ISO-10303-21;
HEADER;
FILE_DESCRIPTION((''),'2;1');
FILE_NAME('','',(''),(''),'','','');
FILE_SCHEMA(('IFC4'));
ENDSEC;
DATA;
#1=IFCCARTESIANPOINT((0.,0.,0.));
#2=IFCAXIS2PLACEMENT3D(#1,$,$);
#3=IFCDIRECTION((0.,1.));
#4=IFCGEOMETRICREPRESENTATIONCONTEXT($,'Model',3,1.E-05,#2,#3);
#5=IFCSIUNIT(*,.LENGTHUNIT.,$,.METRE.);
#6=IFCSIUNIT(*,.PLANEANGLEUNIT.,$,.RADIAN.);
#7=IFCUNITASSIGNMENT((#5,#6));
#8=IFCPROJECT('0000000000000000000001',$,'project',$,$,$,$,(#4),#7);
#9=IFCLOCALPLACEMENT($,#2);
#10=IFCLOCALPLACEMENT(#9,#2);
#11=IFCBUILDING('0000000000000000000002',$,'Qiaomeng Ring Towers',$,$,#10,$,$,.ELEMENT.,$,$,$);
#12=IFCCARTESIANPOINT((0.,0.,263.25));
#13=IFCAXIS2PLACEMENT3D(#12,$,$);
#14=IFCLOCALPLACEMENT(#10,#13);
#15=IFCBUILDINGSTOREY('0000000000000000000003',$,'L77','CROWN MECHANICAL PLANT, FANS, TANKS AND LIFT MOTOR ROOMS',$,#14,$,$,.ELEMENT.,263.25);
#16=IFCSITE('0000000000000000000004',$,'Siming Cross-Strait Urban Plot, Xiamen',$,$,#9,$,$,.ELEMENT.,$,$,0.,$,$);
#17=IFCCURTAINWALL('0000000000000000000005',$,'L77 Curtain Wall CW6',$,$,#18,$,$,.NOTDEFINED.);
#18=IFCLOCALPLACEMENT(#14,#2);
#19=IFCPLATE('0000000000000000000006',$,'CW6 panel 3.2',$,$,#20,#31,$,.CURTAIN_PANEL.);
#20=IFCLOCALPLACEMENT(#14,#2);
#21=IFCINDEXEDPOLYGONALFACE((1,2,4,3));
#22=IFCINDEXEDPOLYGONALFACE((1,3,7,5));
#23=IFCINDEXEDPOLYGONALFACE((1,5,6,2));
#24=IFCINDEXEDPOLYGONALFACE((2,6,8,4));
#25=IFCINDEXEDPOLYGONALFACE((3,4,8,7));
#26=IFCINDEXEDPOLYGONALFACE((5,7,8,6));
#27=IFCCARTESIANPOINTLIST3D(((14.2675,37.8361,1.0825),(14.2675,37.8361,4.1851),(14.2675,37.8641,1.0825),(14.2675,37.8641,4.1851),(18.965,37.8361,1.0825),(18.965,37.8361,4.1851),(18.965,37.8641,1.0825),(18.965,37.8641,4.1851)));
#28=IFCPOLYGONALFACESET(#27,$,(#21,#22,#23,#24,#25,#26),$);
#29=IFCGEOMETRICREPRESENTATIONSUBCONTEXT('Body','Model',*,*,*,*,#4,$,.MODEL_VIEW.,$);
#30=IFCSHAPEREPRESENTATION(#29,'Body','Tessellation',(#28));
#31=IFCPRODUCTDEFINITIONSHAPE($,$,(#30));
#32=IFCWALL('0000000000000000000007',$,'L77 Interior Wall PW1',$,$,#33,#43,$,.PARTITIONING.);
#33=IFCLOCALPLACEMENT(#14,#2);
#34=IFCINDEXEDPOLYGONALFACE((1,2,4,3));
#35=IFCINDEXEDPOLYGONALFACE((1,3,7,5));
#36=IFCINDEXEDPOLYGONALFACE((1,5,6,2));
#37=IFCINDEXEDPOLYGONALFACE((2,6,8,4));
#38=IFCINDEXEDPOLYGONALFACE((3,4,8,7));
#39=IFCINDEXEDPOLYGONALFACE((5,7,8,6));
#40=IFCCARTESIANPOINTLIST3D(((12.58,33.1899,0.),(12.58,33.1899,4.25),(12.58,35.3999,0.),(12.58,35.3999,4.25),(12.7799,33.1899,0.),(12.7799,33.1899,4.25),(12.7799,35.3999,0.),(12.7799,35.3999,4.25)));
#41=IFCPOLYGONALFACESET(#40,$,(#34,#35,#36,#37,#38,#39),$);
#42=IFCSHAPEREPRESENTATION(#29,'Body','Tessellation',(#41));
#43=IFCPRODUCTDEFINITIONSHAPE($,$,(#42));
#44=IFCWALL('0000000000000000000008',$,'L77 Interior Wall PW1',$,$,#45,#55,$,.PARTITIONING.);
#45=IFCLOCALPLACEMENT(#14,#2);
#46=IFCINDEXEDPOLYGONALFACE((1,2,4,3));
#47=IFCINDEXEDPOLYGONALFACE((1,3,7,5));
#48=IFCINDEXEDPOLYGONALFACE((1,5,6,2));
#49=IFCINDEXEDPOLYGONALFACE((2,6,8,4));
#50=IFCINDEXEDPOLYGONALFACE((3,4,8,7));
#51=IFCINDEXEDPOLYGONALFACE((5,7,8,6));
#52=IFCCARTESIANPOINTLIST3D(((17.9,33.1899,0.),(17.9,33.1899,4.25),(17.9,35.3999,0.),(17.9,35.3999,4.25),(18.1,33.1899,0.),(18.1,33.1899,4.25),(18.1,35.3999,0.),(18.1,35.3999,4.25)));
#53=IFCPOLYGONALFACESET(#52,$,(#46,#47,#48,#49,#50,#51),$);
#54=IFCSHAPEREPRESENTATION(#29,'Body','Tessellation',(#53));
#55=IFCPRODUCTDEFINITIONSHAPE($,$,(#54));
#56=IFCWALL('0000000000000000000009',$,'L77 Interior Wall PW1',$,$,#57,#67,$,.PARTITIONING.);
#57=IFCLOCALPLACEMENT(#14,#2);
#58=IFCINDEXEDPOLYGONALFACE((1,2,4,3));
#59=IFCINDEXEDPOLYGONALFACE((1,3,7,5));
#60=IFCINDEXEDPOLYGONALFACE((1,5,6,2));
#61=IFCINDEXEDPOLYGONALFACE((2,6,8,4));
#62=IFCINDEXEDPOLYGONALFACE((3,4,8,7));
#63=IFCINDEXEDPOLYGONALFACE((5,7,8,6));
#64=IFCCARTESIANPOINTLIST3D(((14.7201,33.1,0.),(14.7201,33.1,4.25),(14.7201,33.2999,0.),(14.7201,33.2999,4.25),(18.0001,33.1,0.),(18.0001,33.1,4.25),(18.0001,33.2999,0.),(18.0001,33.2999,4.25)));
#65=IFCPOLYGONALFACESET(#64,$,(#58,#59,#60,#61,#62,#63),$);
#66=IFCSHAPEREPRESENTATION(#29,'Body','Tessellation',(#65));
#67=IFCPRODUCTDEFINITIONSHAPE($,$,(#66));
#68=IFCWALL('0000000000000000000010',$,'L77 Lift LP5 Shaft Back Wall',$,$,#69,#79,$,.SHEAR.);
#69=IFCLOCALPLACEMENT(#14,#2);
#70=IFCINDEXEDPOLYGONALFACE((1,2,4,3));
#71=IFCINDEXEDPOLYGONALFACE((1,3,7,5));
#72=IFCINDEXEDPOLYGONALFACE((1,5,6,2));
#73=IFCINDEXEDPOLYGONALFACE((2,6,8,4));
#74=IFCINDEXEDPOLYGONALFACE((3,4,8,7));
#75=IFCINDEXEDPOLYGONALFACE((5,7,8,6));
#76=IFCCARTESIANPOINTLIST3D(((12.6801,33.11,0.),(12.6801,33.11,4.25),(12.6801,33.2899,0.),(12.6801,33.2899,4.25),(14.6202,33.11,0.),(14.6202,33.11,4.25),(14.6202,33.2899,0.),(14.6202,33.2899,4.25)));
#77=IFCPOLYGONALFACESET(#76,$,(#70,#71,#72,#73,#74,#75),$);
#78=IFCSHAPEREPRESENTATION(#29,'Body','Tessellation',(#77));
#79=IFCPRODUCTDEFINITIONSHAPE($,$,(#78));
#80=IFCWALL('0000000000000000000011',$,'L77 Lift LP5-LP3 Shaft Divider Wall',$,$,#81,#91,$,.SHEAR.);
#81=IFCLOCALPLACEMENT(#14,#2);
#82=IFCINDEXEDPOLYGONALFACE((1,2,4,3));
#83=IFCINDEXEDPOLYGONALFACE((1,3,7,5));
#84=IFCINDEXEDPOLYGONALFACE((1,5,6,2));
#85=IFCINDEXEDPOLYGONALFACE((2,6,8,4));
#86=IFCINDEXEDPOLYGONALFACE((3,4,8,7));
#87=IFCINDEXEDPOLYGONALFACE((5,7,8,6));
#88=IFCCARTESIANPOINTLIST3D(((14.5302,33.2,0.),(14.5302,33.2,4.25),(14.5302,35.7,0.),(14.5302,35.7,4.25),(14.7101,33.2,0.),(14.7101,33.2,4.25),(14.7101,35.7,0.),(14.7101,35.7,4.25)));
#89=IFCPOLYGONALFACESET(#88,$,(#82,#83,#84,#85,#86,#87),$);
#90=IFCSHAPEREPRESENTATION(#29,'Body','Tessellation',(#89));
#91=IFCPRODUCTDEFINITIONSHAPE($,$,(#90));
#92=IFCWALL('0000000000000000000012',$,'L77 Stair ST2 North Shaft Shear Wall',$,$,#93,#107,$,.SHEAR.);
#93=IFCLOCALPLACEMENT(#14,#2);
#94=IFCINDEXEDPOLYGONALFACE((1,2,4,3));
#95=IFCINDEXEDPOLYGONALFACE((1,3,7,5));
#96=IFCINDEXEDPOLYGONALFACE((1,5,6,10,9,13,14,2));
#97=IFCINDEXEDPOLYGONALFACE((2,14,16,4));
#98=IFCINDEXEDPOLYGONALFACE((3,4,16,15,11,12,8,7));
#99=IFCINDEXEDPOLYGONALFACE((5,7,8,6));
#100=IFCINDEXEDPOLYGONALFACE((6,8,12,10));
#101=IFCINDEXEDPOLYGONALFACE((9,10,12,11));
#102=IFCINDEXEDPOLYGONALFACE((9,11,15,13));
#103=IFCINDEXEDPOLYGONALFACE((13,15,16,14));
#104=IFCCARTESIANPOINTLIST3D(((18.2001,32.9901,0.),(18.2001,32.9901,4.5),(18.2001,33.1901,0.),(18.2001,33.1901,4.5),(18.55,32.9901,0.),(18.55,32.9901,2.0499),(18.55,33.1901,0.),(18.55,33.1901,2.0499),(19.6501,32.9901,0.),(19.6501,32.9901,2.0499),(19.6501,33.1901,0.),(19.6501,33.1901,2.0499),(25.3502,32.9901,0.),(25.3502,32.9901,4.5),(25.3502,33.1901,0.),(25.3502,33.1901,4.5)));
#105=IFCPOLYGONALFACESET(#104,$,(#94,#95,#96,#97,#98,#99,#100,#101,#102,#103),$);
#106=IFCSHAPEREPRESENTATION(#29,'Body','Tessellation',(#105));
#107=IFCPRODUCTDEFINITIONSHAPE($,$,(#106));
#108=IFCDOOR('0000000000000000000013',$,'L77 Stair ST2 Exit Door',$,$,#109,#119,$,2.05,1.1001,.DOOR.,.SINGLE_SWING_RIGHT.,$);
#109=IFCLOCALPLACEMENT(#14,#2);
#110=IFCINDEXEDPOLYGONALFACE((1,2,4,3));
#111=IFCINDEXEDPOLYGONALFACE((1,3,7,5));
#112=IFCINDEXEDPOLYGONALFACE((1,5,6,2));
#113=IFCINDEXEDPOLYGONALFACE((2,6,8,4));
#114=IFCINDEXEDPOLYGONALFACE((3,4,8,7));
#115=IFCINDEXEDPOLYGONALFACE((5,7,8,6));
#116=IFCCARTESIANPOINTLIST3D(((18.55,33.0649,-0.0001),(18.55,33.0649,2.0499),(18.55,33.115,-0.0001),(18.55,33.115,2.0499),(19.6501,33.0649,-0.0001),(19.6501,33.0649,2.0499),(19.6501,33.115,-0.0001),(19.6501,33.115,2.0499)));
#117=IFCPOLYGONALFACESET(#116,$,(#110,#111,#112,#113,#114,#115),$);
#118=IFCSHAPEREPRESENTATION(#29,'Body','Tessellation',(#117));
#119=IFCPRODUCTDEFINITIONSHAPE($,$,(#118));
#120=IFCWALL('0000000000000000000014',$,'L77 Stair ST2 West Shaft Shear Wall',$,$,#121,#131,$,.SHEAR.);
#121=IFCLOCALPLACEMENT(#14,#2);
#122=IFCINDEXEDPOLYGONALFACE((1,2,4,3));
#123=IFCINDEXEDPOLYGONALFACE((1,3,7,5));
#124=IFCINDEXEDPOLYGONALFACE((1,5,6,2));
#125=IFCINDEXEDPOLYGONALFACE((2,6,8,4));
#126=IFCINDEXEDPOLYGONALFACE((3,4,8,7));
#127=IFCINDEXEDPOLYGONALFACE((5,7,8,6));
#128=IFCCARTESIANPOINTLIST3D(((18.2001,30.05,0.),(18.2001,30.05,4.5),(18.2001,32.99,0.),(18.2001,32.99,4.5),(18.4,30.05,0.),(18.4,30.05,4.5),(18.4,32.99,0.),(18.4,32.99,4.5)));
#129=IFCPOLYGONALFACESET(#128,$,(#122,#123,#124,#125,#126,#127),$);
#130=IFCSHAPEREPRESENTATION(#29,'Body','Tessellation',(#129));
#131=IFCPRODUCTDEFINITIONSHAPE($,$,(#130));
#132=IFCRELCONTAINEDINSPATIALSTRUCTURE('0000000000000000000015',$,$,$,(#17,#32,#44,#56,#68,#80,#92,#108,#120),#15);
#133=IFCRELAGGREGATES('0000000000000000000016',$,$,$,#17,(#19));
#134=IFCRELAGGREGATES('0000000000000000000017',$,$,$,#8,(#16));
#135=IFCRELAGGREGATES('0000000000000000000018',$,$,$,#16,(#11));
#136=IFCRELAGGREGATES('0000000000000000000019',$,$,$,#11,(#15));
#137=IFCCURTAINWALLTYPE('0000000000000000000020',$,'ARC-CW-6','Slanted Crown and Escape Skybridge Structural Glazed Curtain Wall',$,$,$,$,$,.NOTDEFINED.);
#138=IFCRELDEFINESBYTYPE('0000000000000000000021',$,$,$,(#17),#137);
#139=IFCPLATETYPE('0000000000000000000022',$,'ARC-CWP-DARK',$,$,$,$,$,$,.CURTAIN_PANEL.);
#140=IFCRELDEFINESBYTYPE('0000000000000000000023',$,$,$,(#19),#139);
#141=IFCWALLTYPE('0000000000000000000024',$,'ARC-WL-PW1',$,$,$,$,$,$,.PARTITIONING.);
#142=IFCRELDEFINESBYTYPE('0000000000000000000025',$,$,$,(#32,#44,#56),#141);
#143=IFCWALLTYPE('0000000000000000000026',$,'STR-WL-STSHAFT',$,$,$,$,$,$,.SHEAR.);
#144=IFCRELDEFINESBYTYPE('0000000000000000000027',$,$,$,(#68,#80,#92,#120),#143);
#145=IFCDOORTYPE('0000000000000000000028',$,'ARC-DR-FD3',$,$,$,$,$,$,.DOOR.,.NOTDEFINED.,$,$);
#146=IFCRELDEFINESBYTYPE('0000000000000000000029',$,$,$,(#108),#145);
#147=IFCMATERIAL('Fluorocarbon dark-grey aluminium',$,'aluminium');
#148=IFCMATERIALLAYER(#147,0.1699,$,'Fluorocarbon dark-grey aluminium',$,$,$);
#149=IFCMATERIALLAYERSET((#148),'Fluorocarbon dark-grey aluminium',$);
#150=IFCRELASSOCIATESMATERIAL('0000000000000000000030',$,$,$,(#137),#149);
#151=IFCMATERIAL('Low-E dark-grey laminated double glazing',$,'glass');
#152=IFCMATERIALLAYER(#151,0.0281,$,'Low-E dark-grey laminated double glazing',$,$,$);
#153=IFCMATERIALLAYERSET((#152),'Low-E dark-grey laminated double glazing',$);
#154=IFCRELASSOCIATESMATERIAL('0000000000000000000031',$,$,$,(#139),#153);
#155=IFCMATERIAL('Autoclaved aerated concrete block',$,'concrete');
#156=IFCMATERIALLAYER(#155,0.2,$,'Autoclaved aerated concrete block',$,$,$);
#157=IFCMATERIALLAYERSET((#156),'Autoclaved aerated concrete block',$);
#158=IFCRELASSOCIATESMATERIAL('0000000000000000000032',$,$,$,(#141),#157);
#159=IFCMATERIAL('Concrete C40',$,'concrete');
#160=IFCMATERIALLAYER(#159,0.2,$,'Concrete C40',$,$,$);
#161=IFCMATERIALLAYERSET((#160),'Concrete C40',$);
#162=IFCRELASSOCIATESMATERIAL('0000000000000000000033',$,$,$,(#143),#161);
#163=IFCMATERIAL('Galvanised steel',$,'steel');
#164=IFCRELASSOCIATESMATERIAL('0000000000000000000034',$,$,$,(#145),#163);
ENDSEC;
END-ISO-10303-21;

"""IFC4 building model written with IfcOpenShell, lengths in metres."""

from ifc_helpers import new_model, si_unit, direction, frame, frame_2d, origin, origin_2d, place, context, subcontext, project, spatial, rectangle, extrude, source, transform, mapped, material, layer, layer_set, type_object, element, fill, aggregate, save


model = new_model("IFC4")

# Units and contexts
model_context = context("Model", 3, precision=1e-05, world=origin(), true_north=direction((0.0, 1.0)))
body_context = subcontext(model_context, "Body", "Model", "MODEL_VIEW")
ifc_project = project(units=[si_unit("LENGTHUNIT", "METRE"), si_unit("PLANEANGLEUNIT", "RADIAN")], contexts=[model_context])

# Site, building, storey
site_placement = place(None, origin())
site = spatial("IfcSite", under=ifc_project, at=site_placement, Name="Siming Cross-Strait Urban Plot, Xiamen", CompositionType="ELEMENT", RefElevation=0.0)
building_placement = place(site_placement, origin())
building = spatial("IfcBuilding", under=site, at=building_placement, Name="Qiaomeng Ring Towers", CompositionType="ELEMENT")
storey_placement = place(building_placement, frame((0.0, 0.0, 263.25)))
storey = spatial("IfcBuildingStorey", under=building, at=storey_placement, Name="L77", Description="CROWN MECHANICAL PLANT, FANS, TANKS AND LIFT MOTOR ROOMS", CompositionType="ELEMENT", Elevation=263.25)

# Curtain wall, plate
ifc_material_1 = material(Name="Fluorocarbon dark-grey aluminium", Category="aluminium")
ifc_layer_1 = layer(ifc_material_1, 0.1699, Name="Fluorocarbon dark-grey aluminium")
ifc_layer_set_1 = layer_set([ifc_layer_1], Name="Fluorocarbon dark-grey aluminium")
curtain_wall_type = type_object("IfcCurtainWallType", Name="ARC-CW-6", Description="Slanted Crown and Escape Skybridge Structural Glazed Curtain Wall", PredefinedType="NOTDEFINED", material=ifc_layer_set_1)
curtain_wall_placement = place(storey_placement, origin())
curtain_wall = element("IfcCurtainWall", 1, at=curtain_wall_placement, inside=storey, type_object=curtain_wall_type, Name="L77 Curtain Wall CW6", PredefinedType="NOTDEFINED")
ifc_material_2 = material(Name="Low-E dark-grey laminated double glazing", Category="glass")
ifc_layer_2 = layer(ifc_material_2, 0.0281, Name="Low-E dark-grey laminated double glazing")
ifc_layer_set_2 = layer_set([ifc_layer_2], Name="Low-E dark-grey laminated double glazing")
plate_type = type_object("IfcPlateType", Name="ARC-CWP-DARK", PredefinedType="CURTAIN_PANEL", material=ifc_layer_set_2)
shared_shape_1 = source(origin(), body_context, "Body", "SweptSolid", [
    extrude(rectangle(XDim=4.6975, YDim=0.0281, at=origin_2d()), origin(), (0.0, 0.0, 1.0), 3.1025),
])
plate_1_placement = place(storey_placement, frame((16.6162, 37.8501, 1.0825), z_axis=(0.0, 0.0, 1.0), x_axis=(-1.0, 0.0, 0.0)))
plate_1 = element("IfcPlate", 2, at=plate_1_placement, type_object=plate_type, Name="CW6 panel 3.2", PredefinedType="CURTAIN_PANEL", context=body_context, shape_type="MappedRepresentation", body=[
    mapped(shared_shape_1, transform((0.0, 0.0, 0.0), x_axis=(1.0, 0.0, 0.0), y_axis=(0.0, 1.0, 0.0), z_axis=(0.0, 0.0, 1.0), scale=1.0)),
])
aggregate(curtain_wall, [plate_1])

# Walls
ifc_material_3 = material(Name="Autoclaved aerated concrete block", Category="concrete")
ifc_layer_3 = layer(ifc_material_3, 0.2, Name="Autoclaved aerated concrete block")
ifc_layer_set_3 = layer_set([ifc_layer_3], Name="Autoclaved aerated concrete block")
wall_type_1 = type_object("IfcWallType", Name="ARC-WL-PW1", PredefinedType="PARTITIONING", material=ifc_layer_set_3)
for number, where, z_axis, x_axis, name in (
    (3, (12.6799, 33.1899, 0.0), (0.0, 0.0, 1.0), (0.0, 1.0, 0.0), "L77 Interior Wall PW1"),
    (4, (18.0, 33.1899, 0.0), (0.0, 0.0, 1.0), (0.0, 1.0, 0.0), "L77 Interior Wall PW1"),
):
    element("IfcWall", number, at=place(storey_placement, frame(where, z_axis=z_axis, x_axis=x_axis)), inside=storey, type_object=wall_type_1, Name=name, PredefinedType="PARTITIONING", context=body_context, shape_type="SweptSolid", body=[
        extrude(rectangle(XDim=2.21, YDim=0.2, at=frame_2d((1.105, 0.0))), origin(), (0.0, 0.0, 1.0), 4.25),
    ])
wall_1_placement = place(storey_placement, frame((14.72, 33.2, 0.0), z_axis=(0.0, 0.0, 1.0), x_axis=(1.0, 0.0, 0.0)))
element("IfcWall", 5, at=wall_1_placement, inside=storey, type_object=wall_type_1, Name="L77 Interior Wall PW1", PredefinedType="PARTITIONING", context=body_context, shape_type="SweptSolid", body=[
    extrude(rectangle(XDim=3.28, YDim=0.2, at=frame_2d((1.6401, 0.0))), origin(), (0.0, 0.0, 1.0), 4.25),
])
ifc_material_4 = material(Name="Concrete C40", Category="concrete")
ifc_layer_4 = layer(ifc_material_4, 0.2, Name="Concrete C40")
ifc_layer_set_4 = layer_set([ifc_layer_4], Name="Concrete C40")
wall_type_2 = type_object("IfcWallType", Name="STR-WL-STSHAFT", PredefinedType="SHEAR", material=ifc_layer_set_4)
wall_2_placement = place(storey_placement, frame((12.6799, 33.2, 0.0), z_axis=(0.0, 0.0, 1.0), x_axis=(1.0, 0.0, 0.0)))
element("IfcWall", 6, at=wall_2_placement, inside=storey, type_object=wall_type_2, Name="L77 Lift LP5 Shaft Back Wall", PredefinedType="SHEAR", context=body_context, shape_type="SweptSolid", body=[
    extrude(rectangle(XDim=1.9402, YDim=0.1799, at=frame_2d((0.9702, 0.0))), origin(), (0.0, 0.0, 1.0), 4.25),
])
wall_3_placement = place(storey_placement, frame((14.6201, 33.2, 0.0), z_axis=(0.0, 0.0, 1.0), x_axis=(0.0, 1.0, 0.0)))
element("IfcWall", 7, at=wall_3_placement, inside=storey, type_object=wall_type_2, Name="L77 Lift LP5-LP3 Shaft Divider Wall", PredefinedType="SHEAR", context=body_context, shape_type="SweptSolid", body=[
    extrude(rectangle(XDim=2.5, YDim=0.1799, at=frame_2d((1.25, 0.0))), origin(), (0.0, 0.0, 1.0), 4.25),
])

# Wall, opening, door
wall_4_placement = place(storey_placement, frame((18.2, 33.0901, 0.0), z_axis=(0.0, 0.0, 1.0), x_axis=(1.0, 0.0, 0.0)))
wall_4 = element("IfcWall", 8, at=wall_4_placement, inside=storey, type_object=wall_type_2, Name="L77 Stair ST2 North Shaft Shear Wall", PredefinedType="SHEAR", context=body_context, shape_type="SweptSolid", body=[
    extrude(rectangle(XDim=7.1501, YDim=0.2, at=frame_2d((3.5752, 0.0))), origin(), (0.0, 0.0, 1.0), 4.5),
])
opening_placement = place(wall_4_placement, frame((0.3501, 0.0, 0.0)))
opening = element("IfcOpeningElement", 9, at=opening_placement, cuts=wall_4, PredefinedType="OPENING", context=body_context, shape_type="SweptSolid", body=[
    extrude(rectangle(XDim=1.1001, YDim=2.05, at=frame_2d((0.55, 1.0249))), frame((0.0, 0.1099, 0.0), z_axis=(0.0, -1.0, 0.0), x_axis=(1.0, 0.0, 0.0)), (0.0, 0.0, 1.0), 0.22),
])
ifc_material_5 = material(Name="Galvanised steel", Category="steel")
door_type = type_object("IfcDoorType", Name="ARC-DR-FD3", OperationType="NOTDEFINED", PredefinedType="DOOR", material=ifc_material_5)
shared_shape_2 = source(origin(), body_context, "Body", "SweptSolid", [
    extrude(rectangle(XDim=1.1001, YDim=2.05, at=frame_2d((0.55, 1.0249))), frame((0.0, 0.0249, 0.0), z_axis=(0.0, -1.0, 0.0), x_axis=(1.0, 0.0, 0.0)), (0.0, 0.0, 1.0), 0.05),
])
door_placement = place(opening_placement, origin())
door = element("IfcDoor", 10, at=door_placement, inside=storey, type_object=door_type, Name="L77 Stair ST2 Exit Door", OperationType="SINGLE_SWING_RIGHT", OverallHeight=2.05, OverallWidth=1.1001, PredefinedType="DOOR", context=body_context, shape_type="MappedRepresentation", body=[
    mapped(shared_shape_2, transform((0.0, 0.0, 0.0), x_axis=(1.0, 0.0, 0.0), y_axis=(0.0, 1.0, 0.0), z_axis=(0.0, 0.0, 1.0), scale=1.0)),
])
fill(opening, door)

# Wall
wall_5_placement = place(storey_placement, frame((18.3, 30.05, 0.0), z_axis=(0.0, 0.0, 1.0), x_axis=(0.0, 1.0, 0.0)))
element("IfcWall", 11, at=wall_5_placement, inside=storey, type_object=wall_type_2, Name="L77 Stair ST2 West Shaft Shear Wall", PredefinedType="SHEAR", context=body_context, shape_type="SweptSolid", body=[
    extrude(rectangle(XDim=2.9399, YDim=0.2, at=frame_2d((1.47, 0.0))), origin(), (0.0, 0.0, 1.0), 4.5),
])

save(model, "model.ifc")
